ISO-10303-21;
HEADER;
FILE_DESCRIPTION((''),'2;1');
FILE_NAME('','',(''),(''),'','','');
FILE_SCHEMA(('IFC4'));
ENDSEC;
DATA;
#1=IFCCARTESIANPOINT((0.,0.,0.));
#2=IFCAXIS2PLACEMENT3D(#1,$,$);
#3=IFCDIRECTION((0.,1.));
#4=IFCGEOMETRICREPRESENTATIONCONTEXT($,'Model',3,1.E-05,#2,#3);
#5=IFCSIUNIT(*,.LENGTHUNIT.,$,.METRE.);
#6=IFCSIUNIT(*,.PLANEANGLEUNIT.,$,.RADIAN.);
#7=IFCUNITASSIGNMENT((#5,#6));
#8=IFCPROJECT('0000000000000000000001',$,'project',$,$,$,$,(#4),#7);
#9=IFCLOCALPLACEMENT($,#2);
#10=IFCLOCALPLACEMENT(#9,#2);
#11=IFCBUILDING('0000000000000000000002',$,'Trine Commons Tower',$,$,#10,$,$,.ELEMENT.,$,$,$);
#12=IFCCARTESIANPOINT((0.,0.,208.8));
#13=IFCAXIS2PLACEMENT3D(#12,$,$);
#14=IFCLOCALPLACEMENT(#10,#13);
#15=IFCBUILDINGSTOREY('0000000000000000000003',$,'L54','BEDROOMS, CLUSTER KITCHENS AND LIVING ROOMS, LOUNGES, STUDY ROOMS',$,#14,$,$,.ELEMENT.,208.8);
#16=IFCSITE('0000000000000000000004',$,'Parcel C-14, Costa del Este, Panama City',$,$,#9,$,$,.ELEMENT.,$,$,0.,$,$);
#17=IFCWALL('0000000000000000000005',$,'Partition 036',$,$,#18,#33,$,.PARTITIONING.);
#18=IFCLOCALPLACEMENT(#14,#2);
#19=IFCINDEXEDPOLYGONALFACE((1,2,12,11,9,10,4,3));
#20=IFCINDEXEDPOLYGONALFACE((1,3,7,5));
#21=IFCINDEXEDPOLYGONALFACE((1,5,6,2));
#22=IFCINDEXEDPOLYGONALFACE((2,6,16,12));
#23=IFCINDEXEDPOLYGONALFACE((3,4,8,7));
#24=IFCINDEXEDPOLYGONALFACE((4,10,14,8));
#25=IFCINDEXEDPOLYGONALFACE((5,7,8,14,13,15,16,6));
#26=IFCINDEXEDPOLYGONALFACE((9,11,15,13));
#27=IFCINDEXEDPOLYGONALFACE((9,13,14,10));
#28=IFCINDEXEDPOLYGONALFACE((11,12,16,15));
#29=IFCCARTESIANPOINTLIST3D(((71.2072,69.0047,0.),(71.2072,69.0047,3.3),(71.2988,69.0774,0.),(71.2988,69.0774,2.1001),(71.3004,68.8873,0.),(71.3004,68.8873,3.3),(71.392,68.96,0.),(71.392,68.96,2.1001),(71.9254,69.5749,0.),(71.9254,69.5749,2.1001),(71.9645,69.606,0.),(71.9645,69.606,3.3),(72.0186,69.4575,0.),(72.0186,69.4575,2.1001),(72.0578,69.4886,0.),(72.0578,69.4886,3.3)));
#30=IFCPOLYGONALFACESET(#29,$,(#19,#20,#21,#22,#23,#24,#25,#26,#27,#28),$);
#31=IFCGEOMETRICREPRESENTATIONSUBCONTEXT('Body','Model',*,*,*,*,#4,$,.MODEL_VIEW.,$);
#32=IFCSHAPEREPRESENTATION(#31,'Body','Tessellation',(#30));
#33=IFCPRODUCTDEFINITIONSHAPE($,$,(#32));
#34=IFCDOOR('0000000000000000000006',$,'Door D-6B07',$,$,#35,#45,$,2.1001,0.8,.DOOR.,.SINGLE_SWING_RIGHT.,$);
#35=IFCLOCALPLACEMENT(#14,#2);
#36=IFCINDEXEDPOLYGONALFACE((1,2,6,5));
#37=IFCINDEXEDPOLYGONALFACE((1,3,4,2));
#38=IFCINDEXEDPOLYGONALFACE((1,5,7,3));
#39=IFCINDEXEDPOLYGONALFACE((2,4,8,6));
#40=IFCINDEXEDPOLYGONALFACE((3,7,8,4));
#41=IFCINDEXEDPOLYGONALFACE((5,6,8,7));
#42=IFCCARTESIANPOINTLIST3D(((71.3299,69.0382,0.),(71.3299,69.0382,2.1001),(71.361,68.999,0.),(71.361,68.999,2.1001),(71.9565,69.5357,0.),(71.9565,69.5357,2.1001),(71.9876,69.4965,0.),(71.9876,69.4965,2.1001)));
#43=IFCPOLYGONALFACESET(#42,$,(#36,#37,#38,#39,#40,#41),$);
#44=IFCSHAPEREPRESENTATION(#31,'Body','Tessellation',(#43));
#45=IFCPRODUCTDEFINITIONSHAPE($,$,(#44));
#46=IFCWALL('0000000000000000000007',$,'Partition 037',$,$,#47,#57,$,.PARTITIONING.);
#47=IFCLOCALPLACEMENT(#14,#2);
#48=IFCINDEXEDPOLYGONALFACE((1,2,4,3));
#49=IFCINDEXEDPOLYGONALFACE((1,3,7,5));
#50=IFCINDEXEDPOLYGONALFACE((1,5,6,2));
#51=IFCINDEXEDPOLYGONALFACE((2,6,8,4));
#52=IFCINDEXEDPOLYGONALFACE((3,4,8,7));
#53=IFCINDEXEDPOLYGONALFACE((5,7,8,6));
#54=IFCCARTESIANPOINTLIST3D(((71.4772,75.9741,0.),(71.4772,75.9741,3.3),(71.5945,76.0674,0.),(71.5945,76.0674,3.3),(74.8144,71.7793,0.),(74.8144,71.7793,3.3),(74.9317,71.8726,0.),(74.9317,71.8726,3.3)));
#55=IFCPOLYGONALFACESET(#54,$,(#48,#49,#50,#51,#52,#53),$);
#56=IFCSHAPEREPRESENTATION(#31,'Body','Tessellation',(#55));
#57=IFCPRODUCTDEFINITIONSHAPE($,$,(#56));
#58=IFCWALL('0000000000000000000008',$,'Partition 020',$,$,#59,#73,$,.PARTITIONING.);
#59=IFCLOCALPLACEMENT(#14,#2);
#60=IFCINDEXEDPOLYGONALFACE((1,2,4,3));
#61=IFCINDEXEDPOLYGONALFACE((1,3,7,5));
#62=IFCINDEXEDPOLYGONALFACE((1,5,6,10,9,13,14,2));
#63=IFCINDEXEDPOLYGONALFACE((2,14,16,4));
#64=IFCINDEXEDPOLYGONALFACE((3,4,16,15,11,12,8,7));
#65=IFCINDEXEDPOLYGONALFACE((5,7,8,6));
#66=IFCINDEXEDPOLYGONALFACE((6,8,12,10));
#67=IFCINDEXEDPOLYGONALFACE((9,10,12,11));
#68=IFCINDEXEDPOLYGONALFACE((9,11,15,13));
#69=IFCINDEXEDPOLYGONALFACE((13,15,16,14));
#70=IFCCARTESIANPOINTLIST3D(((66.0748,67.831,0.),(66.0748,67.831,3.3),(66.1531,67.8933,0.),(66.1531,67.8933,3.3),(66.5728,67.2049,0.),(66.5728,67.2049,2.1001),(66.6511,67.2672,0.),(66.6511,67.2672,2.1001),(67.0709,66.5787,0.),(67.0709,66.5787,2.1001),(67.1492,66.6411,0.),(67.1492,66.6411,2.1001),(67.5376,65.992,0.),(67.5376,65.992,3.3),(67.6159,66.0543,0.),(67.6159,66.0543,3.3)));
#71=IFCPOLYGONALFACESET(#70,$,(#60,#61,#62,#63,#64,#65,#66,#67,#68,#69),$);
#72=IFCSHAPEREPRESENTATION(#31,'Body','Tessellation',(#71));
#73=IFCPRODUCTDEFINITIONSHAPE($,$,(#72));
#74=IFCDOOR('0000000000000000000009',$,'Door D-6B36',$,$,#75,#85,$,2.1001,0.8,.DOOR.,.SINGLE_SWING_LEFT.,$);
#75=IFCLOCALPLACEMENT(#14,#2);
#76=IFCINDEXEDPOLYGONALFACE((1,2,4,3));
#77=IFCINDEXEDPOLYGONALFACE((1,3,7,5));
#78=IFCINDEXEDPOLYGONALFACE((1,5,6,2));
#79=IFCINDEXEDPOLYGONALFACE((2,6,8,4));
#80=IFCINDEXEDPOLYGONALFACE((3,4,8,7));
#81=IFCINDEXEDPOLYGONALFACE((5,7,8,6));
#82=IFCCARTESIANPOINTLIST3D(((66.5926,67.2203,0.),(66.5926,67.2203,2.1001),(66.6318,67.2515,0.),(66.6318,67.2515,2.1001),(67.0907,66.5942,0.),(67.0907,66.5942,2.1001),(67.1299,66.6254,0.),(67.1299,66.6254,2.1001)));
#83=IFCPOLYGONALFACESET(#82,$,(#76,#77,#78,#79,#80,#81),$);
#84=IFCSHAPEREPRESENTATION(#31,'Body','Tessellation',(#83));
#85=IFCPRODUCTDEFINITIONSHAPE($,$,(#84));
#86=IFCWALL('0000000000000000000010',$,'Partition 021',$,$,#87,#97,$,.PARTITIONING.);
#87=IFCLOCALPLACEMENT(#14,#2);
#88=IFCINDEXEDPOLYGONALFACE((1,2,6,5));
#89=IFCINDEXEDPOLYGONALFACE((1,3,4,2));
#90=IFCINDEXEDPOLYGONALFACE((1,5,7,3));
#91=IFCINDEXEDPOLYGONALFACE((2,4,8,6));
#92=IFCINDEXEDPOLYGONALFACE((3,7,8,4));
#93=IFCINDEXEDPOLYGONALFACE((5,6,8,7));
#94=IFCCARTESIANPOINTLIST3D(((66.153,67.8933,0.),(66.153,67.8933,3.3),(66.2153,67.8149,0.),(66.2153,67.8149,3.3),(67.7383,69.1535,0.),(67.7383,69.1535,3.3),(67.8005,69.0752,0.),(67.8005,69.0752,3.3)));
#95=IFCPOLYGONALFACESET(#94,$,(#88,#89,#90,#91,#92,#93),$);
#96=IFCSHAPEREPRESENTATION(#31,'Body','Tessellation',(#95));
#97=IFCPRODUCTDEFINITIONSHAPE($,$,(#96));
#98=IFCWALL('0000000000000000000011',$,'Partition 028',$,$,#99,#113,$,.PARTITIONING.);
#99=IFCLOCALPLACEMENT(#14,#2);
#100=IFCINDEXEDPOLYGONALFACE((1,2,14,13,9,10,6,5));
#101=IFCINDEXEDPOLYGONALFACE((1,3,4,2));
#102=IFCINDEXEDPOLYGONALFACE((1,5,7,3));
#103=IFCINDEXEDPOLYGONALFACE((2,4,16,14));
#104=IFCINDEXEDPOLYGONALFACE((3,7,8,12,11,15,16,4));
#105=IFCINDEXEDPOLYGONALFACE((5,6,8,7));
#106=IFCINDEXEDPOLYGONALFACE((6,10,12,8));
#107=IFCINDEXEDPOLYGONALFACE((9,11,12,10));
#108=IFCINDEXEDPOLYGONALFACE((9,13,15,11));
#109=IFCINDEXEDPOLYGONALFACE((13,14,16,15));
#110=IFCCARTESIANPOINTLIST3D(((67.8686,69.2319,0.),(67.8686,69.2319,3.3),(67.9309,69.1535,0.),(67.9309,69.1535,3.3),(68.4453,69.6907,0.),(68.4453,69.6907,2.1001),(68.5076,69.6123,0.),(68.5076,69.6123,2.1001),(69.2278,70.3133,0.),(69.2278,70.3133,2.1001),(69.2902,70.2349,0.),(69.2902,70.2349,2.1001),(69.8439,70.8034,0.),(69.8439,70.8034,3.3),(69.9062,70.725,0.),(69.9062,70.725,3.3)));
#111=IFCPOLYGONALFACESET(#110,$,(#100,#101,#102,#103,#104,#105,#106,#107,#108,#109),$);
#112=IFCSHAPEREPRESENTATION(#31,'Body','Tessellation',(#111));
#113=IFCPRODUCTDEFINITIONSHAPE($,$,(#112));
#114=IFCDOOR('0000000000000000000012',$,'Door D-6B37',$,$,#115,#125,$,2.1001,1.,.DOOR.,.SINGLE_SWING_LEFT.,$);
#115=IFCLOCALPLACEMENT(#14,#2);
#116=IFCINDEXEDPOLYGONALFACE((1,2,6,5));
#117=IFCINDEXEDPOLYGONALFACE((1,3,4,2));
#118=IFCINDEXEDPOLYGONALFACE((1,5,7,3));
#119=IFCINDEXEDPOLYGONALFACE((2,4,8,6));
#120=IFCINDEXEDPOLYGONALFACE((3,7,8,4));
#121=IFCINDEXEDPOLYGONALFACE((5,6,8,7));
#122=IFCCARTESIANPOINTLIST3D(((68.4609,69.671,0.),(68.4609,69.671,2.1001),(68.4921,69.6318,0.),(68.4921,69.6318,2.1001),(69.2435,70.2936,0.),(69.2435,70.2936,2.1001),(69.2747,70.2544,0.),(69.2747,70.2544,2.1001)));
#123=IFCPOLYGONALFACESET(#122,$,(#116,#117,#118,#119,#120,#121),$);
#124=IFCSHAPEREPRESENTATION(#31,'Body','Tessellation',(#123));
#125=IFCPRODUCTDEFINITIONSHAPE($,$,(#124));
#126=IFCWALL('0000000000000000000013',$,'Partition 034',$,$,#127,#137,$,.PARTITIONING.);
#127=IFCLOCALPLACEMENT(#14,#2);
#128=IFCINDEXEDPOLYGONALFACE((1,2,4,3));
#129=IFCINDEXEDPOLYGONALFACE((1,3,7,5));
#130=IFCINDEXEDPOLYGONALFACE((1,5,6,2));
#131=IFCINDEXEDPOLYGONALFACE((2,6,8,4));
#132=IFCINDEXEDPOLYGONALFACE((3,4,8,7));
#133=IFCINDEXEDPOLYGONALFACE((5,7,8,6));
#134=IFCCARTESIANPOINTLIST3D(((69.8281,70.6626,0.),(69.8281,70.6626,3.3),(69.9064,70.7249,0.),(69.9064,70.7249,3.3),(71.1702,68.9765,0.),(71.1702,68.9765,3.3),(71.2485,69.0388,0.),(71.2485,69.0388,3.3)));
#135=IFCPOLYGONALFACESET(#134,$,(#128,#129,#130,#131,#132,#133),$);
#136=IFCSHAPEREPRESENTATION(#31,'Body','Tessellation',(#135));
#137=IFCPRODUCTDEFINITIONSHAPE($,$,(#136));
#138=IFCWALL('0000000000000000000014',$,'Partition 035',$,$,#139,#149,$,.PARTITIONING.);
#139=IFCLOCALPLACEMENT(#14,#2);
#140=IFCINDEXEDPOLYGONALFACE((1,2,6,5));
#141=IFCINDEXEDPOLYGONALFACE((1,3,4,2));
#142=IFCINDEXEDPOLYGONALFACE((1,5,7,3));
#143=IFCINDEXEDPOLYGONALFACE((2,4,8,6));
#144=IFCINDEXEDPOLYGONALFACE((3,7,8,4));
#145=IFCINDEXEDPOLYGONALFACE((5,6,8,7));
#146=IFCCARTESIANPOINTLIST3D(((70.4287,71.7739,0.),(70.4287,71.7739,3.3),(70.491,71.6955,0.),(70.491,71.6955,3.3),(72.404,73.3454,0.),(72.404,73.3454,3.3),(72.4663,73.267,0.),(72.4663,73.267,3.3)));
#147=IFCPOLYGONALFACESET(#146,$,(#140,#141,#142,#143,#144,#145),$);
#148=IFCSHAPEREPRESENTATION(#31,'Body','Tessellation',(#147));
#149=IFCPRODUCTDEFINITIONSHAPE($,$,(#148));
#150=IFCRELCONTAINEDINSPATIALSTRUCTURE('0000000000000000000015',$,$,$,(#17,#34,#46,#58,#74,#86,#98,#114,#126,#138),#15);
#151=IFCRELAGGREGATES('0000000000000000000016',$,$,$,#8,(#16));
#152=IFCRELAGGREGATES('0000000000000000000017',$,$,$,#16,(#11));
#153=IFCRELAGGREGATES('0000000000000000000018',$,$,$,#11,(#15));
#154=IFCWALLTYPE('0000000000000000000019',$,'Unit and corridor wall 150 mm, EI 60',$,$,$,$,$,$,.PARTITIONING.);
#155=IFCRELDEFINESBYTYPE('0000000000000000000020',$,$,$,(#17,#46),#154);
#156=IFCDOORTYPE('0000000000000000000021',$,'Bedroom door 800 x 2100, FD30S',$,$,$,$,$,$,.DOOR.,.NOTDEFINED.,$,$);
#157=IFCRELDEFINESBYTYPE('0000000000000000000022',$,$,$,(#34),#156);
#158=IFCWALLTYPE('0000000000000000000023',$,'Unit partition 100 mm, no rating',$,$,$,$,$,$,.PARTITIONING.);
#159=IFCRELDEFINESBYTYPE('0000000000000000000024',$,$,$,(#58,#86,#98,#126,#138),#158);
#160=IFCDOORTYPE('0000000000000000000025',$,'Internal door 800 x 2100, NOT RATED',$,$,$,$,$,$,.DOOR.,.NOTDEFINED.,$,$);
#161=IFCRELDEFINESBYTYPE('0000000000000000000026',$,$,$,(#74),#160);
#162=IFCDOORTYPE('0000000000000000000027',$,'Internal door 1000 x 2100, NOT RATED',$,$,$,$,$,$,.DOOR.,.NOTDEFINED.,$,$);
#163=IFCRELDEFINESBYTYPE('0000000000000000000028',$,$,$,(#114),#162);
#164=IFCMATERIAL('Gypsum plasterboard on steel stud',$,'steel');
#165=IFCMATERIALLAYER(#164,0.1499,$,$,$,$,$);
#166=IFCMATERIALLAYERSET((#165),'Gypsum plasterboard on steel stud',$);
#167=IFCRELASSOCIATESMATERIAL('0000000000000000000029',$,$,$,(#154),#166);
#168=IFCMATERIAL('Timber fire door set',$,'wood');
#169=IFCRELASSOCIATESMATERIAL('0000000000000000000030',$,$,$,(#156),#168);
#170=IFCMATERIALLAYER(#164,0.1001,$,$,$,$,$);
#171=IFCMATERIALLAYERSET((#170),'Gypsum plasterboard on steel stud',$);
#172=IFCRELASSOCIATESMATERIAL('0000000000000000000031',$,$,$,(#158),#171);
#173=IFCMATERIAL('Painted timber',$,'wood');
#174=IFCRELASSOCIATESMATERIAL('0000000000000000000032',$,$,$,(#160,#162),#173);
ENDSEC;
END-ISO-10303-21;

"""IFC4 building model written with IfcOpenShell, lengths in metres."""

from ifc_helpers import new_model, si_unit, direction, frame, frame_2d, origin, place, context, subcontext, project, spatial, rectangle, extrude, material, layer, layer_set, type_object, element, fill, save


model = new_model("IFC4")

# Units and contexts
model_context = context("Model", 3, precision=1e-05, world=origin(), true_north=direction((0.0, 1.0)))
body_context = subcontext(model_context, "Body", "Model", "MODEL_VIEW")
ifc_project = project(units=[si_unit("LENGTHUNIT", "METRE"), si_unit("PLANEANGLEUNIT", "RADIAN")], contexts=[model_context])

# Site, building, storey
site_placement = place(None, origin())
site = spatial("IfcSite", under=ifc_project, at=site_placement, Name="Parcel C-14, Costa del Este, Panama City", CompositionType="ELEMENT", RefElevation=0.0)
building_placement = place(site_placement, origin())
building = spatial("IfcBuilding", under=site, at=building_placement, Name="Trine Commons Tower", CompositionType="ELEMENT")
storey_placement = place(building_placement, frame((0.0, 0.0, 208.8)))
storey = spatial("IfcBuildingStorey", under=building, at=storey_placement, Name="L54", Description="BEDROOMS, CLUSTER KITCHENS AND LIVING ROOMS, LOUNGES, STUDY ROOMS", CompositionType="ELEMENT", Elevation=208.8)

# Shared definitions
ifc_material_1 = material(Name="Gypsum plasterboard on steel stud", Category="steel")
ifc_layer_1 = layer(ifc_material_1, 0.1499)
ifc_layer_set_1 = layer_set([ifc_layer_1], Name="Gypsum plasterboard on steel stud")
wall_type_1 = type_object("IfcWallType", Name="Unit and corridor wall 150 mm, EI 60", PredefinedType="PARTITIONING", material=ifc_layer_set_1)
ifc_material_2 = material(Name="Timber fire door set", Category="wood")

# Wall, opening, door
wall_1_placement = place(storey_placement, frame((71.2539, 68.946, 0.0), z_axis=(0.0, 0.0, 1.0), x_axis=(0.783154, 0.621827, 0.0)))
wall_1 = element("IfcWall", 1, at=wall_1_placement, inside=storey, type_object=wall_type_1, Name="Partition 036", PredefinedType="PARTITIONING", context=body_context, shape_type="SweptSolid", body=[
    extrude(rectangle(XDim=0.967, YDim=0.1499, at=frame_2d((0.4834, 0.0))), origin(), (0.0, 0.0, 1.0), 3.3),
])
opening_1_placement = place(wall_1_placement, frame((0.1169, 0.0, 0.0)))
opening_1 = element("IfcOpeningElement", 2, at=opening_1_placement, cuts=wall_1, PredefinedType="OPENING", context=body_context, shape_type="SweptSolid", body=[
    extrude(rectangle(XDim=0.8, YDim=2.1001, at=frame_2d((0.3999, 1.05))), frame((0.0, 0.085, 0.0), z_axis=(0.0, -1.0, 0.0), x_axis=(1.0, 0.0, 0.0)), (0.0, 0.0, 1.0), 0.1699),
])
door_type_1 = type_object("IfcDoorType", Name="Bedroom door 800 x 2100, FD30S", OperationType="NOTDEFINED", PredefinedType="DOOR", material=ifc_material_2)
door_1_placement = place(opening_1_placement, origin())
door_1 = element("IfcDoor", 3, at=door_1_placement, inside=storey, type_object=door_type_1, Name="Door D-6B07", OperationType="SINGLE_SWING_RIGHT", OverallHeight=2.1001, OverallWidth=0.8, PredefinedType="DOOR", context=body_context, shape_type="SweptSolid", body=[
    extrude(rectangle(XDim=0.8, YDim=2.1001, at=frame_2d((0.3999, 1.05))), frame((0.0, 0.0249, 0.0), z_axis=(0.0, -1.0, 0.0), x_axis=(1.0, 0.0, 0.0)), (0.0, 0.0, 1.0), 0.05),
])
fill(opening_1, door_1)

# Wall
wall_2_placement = place(storey_placement, frame((71.5359, 76.0208, 0.0), z_axis=(0.0, 0.0, 1.0), x_axis=(0.622565, -0.782568, 0.0)))
element("IfcWall", 4, at=wall_2_placement, inside=storey, type_object=wall_type_1, Name="Partition 037", PredefinedType="PARTITIONING", context=body_context, shape_type="SweptSolid", body=[
    extrude(rectangle(XDim=5.3604, YDim=0.1499, at=frame_2d((2.6802, 0.0))), origin(), (0.0, 0.0, 1.0), 3.3),
])

# Wall, opening, door
ifc_layer_2 = layer(ifc_material_1, 0.1001)
ifc_layer_set_2 = layer_set([ifc_layer_2], Name="Gypsum plasterboard on steel stud")
wall_type_2 = type_object("IfcWallType", Name="Unit partition 100 mm, no rating", PredefinedType="PARTITIONING", material=ifc_layer_set_2)
wall_3_placement = place(storey_placement, frame((66.114, 67.8621, 0.0), z_axis=(0.0, 0.0, 1.0), x_axis=(0.622513, -0.782609, 0.0)))
wall_3 = element("IfcWall", 5, at=wall_3_placement, inside=storey, type_object=wall_type_2, Name="Partition 020", PredefinedType="PARTITIONING", context=body_context, shape_type="SweptSolid", body=[
    extrude(rectangle(XDim=2.3499, YDim=0.1001, at=frame_2d((1.1748, 0.0))), origin(), (0.0, 0.0, 1.0), 3.3),
])
opening_2_placement = place(wall_3_placement, frame((0.8, 0.0, 0.0)))
opening_2 = element("IfcOpeningElement", 6, at=opening_2_placement, cuts=wall_3, PredefinedType="OPENING", context=body_context, shape_type="SweptSolid", body=[
    extrude(rectangle(XDim=0.8, YDim=2.1001, at=frame_2d((0.3999, 1.05))), frame((0.0, 0.0601, 0.0), z_axis=(0.0, -1.0, 0.0), x_axis=(1.0, 0.0, 0.0)), (0.0, 0.0, 1.0), 0.1201),
])
ifc_material_3 = material(Name="Painted timber", Category="wood")
door_type_2 = type_object("IfcDoorType", Name="Internal door 800 x 2100, NOT RATED", OperationType="NOTDEFINED", PredefinedType="DOOR", material=ifc_material_3)
door_2_placement = place(opening_2_placement, frame((0.8, 0.0, 0.0), z_axis=(0.0, 0.0, 1.0), x_axis=(-1.0, 0.0, 0.0)))
door_2 = element("IfcDoor", 7, at=door_2_placement, inside=storey, type_object=door_type_2, Name="Door D-6B36", OperationType="SINGLE_SWING_LEFT", OverallHeight=2.1001, OverallWidth=0.8, PredefinedType="DOOR", context=body_context, shape_type="SweptSolid", body=[
    extrude(rectangle(XDim=0.8, YDim=2.1001, at=frame_2d((0.3999, 1.05))), frame((0.0, 0.0249, 0.0), z_axis=(0.0, -1.0, 0.0), x_axis=(1.0, 0.0, 0.0)), (0.0, 0.0, 1.0), 0.05),
])
fill(opening_2, door_2)

# Wall
wall_4_placement = place(storey_placement, frame((66.1841, 67.854, 0.0), z_axis=(0.0, 0.0, 1.0), x_axis=(0.782771, 0.62231, 0.0)))
element("IfcWall", 8, at=wall_4_placement, inside=storey, type_object=wall_type_2, Name="Partition 021", PredefinedType="PARTITIONING", context=body_context, shape_type="SweptSolid", body=[
    extrude(rectangle(XDim=2.0251, YDim=0.1001, at=frame_2d((1.0127, 0.0))), origin(), (0.0, 0.0, 1.0), 3.3),
])

# Wall, opening, door
wall_5_placement = place(storey_placement, frame((67.8997, 69.1926, 0.0), z_axis=(0.0, 0.0, 1.0), x_axis=(0.782555, 0.622581, 0.0)))
wall_5 = element("IfcWall", 9, at=wall_5_placement, inside=storey, type_object=wall_type_2, Name="Partition 028", PredefinedType="PARTITIONING", context=body_context, shape_type="SweptSolid", body=[
    extrude(rectangle(XDim=2.5242, YDim=0.1001, at=frame_2d((1.2622, 0.0))), origin(), (0.0, 0.0, 1.0), 3.3),
])
opening_3_placement = place(wall_5_placement, frame((0.7371, 0.0, 0.0)))
opening_3 = element("IfcOpeningElement", 10, at=opening_3_placement, cuts=wall_5, PredefinedType="OPENING", context=body_context, shape_type="SweptSolid", body=[
    extrude(rectangle(XDim=1.0, YDim=2.1001, at=frame_2d((0.5, 1.05))), frame((0.0, 0.0601, 0.0), z_axis=(0.0, -1.0, 0.0), x_axis=(1.0, 0.0, 0.0)), (0.0, 0.0, 1.0), 0.1201),
])
door_type_3 = type_object("IfcDoorType", Name="Internal door 1000 x 2100, NOT RATED", OperationType="NOTDEFINED", PredefinedType="DOOR", material=ifc_material_3)
door_3_placement = place(opening_3_placement, origin())
door_3 = element("IfcDoor", 11, at=door_3_placement, inside=storey, type_object=door_type_3, Name="Door D-6B37", OperationType="SINGLE_SWING_LEFT", OverallHeight=2.1001, OverallWidth=1.0, PredefinedType="DOOR", context=body_context, shape_type="SweptSolid", body=[
    extrude(rectangle(XDim=1.0, YDim=2.1001, at=frame_2d((0.5, 1.05))), frame((0.0, 0.0249, 0.0), z_axis=(0.0, -1.0, 0.0), x_axis=(1.0, 0.0, 0.0)), (0.0, 0.0, 1.0), 0.05),
])
fill(opening_3, door_3)

# Walls
wall_6_placement = place(storey_placement, frame((69.8672, 70.6938, 0.0), z_axis=(0.0, 0.0, 1.0), x_axis=(0.622773, -0.782403, 0.0)))
element("IfcWall", 12, at=wall_6_placement, inside=storey, type_object=wall_type_2, Name="Partition 034", PredefinedType="PARTITIONING", context=body_context, shape_type="SweptSolid", body=[
    extrude(rectangle(XDim=2.155, YDim=0.1001, at=frame_2d((1.0776, 0.0))), origin(), (0.0, 0.0, 1.0), 3.3),
])
wall_7_placement = place(storey_placement, frame((70.4597, 71.7346, 0.0), z_axis=(0.0, 0.0, 1.0), x_axis=(0.782555, 0.622581, 0.0)))
element("IfcWall", 13, at=wall_7_placement, inside=storey, type_object=wall_type_2, Name="Partition 035", PredefinedType="PARTITIONING", context=body_context, shape_type="SweptSolid", body=[
    extrude(rectangle(XDim=2.5242, YDim=0.1001, at=frame_2d((1.2622, 0.0))), origin(), (0.0, 0.0, 1.0), 3.3),
])

save(model, "model.ifc")
